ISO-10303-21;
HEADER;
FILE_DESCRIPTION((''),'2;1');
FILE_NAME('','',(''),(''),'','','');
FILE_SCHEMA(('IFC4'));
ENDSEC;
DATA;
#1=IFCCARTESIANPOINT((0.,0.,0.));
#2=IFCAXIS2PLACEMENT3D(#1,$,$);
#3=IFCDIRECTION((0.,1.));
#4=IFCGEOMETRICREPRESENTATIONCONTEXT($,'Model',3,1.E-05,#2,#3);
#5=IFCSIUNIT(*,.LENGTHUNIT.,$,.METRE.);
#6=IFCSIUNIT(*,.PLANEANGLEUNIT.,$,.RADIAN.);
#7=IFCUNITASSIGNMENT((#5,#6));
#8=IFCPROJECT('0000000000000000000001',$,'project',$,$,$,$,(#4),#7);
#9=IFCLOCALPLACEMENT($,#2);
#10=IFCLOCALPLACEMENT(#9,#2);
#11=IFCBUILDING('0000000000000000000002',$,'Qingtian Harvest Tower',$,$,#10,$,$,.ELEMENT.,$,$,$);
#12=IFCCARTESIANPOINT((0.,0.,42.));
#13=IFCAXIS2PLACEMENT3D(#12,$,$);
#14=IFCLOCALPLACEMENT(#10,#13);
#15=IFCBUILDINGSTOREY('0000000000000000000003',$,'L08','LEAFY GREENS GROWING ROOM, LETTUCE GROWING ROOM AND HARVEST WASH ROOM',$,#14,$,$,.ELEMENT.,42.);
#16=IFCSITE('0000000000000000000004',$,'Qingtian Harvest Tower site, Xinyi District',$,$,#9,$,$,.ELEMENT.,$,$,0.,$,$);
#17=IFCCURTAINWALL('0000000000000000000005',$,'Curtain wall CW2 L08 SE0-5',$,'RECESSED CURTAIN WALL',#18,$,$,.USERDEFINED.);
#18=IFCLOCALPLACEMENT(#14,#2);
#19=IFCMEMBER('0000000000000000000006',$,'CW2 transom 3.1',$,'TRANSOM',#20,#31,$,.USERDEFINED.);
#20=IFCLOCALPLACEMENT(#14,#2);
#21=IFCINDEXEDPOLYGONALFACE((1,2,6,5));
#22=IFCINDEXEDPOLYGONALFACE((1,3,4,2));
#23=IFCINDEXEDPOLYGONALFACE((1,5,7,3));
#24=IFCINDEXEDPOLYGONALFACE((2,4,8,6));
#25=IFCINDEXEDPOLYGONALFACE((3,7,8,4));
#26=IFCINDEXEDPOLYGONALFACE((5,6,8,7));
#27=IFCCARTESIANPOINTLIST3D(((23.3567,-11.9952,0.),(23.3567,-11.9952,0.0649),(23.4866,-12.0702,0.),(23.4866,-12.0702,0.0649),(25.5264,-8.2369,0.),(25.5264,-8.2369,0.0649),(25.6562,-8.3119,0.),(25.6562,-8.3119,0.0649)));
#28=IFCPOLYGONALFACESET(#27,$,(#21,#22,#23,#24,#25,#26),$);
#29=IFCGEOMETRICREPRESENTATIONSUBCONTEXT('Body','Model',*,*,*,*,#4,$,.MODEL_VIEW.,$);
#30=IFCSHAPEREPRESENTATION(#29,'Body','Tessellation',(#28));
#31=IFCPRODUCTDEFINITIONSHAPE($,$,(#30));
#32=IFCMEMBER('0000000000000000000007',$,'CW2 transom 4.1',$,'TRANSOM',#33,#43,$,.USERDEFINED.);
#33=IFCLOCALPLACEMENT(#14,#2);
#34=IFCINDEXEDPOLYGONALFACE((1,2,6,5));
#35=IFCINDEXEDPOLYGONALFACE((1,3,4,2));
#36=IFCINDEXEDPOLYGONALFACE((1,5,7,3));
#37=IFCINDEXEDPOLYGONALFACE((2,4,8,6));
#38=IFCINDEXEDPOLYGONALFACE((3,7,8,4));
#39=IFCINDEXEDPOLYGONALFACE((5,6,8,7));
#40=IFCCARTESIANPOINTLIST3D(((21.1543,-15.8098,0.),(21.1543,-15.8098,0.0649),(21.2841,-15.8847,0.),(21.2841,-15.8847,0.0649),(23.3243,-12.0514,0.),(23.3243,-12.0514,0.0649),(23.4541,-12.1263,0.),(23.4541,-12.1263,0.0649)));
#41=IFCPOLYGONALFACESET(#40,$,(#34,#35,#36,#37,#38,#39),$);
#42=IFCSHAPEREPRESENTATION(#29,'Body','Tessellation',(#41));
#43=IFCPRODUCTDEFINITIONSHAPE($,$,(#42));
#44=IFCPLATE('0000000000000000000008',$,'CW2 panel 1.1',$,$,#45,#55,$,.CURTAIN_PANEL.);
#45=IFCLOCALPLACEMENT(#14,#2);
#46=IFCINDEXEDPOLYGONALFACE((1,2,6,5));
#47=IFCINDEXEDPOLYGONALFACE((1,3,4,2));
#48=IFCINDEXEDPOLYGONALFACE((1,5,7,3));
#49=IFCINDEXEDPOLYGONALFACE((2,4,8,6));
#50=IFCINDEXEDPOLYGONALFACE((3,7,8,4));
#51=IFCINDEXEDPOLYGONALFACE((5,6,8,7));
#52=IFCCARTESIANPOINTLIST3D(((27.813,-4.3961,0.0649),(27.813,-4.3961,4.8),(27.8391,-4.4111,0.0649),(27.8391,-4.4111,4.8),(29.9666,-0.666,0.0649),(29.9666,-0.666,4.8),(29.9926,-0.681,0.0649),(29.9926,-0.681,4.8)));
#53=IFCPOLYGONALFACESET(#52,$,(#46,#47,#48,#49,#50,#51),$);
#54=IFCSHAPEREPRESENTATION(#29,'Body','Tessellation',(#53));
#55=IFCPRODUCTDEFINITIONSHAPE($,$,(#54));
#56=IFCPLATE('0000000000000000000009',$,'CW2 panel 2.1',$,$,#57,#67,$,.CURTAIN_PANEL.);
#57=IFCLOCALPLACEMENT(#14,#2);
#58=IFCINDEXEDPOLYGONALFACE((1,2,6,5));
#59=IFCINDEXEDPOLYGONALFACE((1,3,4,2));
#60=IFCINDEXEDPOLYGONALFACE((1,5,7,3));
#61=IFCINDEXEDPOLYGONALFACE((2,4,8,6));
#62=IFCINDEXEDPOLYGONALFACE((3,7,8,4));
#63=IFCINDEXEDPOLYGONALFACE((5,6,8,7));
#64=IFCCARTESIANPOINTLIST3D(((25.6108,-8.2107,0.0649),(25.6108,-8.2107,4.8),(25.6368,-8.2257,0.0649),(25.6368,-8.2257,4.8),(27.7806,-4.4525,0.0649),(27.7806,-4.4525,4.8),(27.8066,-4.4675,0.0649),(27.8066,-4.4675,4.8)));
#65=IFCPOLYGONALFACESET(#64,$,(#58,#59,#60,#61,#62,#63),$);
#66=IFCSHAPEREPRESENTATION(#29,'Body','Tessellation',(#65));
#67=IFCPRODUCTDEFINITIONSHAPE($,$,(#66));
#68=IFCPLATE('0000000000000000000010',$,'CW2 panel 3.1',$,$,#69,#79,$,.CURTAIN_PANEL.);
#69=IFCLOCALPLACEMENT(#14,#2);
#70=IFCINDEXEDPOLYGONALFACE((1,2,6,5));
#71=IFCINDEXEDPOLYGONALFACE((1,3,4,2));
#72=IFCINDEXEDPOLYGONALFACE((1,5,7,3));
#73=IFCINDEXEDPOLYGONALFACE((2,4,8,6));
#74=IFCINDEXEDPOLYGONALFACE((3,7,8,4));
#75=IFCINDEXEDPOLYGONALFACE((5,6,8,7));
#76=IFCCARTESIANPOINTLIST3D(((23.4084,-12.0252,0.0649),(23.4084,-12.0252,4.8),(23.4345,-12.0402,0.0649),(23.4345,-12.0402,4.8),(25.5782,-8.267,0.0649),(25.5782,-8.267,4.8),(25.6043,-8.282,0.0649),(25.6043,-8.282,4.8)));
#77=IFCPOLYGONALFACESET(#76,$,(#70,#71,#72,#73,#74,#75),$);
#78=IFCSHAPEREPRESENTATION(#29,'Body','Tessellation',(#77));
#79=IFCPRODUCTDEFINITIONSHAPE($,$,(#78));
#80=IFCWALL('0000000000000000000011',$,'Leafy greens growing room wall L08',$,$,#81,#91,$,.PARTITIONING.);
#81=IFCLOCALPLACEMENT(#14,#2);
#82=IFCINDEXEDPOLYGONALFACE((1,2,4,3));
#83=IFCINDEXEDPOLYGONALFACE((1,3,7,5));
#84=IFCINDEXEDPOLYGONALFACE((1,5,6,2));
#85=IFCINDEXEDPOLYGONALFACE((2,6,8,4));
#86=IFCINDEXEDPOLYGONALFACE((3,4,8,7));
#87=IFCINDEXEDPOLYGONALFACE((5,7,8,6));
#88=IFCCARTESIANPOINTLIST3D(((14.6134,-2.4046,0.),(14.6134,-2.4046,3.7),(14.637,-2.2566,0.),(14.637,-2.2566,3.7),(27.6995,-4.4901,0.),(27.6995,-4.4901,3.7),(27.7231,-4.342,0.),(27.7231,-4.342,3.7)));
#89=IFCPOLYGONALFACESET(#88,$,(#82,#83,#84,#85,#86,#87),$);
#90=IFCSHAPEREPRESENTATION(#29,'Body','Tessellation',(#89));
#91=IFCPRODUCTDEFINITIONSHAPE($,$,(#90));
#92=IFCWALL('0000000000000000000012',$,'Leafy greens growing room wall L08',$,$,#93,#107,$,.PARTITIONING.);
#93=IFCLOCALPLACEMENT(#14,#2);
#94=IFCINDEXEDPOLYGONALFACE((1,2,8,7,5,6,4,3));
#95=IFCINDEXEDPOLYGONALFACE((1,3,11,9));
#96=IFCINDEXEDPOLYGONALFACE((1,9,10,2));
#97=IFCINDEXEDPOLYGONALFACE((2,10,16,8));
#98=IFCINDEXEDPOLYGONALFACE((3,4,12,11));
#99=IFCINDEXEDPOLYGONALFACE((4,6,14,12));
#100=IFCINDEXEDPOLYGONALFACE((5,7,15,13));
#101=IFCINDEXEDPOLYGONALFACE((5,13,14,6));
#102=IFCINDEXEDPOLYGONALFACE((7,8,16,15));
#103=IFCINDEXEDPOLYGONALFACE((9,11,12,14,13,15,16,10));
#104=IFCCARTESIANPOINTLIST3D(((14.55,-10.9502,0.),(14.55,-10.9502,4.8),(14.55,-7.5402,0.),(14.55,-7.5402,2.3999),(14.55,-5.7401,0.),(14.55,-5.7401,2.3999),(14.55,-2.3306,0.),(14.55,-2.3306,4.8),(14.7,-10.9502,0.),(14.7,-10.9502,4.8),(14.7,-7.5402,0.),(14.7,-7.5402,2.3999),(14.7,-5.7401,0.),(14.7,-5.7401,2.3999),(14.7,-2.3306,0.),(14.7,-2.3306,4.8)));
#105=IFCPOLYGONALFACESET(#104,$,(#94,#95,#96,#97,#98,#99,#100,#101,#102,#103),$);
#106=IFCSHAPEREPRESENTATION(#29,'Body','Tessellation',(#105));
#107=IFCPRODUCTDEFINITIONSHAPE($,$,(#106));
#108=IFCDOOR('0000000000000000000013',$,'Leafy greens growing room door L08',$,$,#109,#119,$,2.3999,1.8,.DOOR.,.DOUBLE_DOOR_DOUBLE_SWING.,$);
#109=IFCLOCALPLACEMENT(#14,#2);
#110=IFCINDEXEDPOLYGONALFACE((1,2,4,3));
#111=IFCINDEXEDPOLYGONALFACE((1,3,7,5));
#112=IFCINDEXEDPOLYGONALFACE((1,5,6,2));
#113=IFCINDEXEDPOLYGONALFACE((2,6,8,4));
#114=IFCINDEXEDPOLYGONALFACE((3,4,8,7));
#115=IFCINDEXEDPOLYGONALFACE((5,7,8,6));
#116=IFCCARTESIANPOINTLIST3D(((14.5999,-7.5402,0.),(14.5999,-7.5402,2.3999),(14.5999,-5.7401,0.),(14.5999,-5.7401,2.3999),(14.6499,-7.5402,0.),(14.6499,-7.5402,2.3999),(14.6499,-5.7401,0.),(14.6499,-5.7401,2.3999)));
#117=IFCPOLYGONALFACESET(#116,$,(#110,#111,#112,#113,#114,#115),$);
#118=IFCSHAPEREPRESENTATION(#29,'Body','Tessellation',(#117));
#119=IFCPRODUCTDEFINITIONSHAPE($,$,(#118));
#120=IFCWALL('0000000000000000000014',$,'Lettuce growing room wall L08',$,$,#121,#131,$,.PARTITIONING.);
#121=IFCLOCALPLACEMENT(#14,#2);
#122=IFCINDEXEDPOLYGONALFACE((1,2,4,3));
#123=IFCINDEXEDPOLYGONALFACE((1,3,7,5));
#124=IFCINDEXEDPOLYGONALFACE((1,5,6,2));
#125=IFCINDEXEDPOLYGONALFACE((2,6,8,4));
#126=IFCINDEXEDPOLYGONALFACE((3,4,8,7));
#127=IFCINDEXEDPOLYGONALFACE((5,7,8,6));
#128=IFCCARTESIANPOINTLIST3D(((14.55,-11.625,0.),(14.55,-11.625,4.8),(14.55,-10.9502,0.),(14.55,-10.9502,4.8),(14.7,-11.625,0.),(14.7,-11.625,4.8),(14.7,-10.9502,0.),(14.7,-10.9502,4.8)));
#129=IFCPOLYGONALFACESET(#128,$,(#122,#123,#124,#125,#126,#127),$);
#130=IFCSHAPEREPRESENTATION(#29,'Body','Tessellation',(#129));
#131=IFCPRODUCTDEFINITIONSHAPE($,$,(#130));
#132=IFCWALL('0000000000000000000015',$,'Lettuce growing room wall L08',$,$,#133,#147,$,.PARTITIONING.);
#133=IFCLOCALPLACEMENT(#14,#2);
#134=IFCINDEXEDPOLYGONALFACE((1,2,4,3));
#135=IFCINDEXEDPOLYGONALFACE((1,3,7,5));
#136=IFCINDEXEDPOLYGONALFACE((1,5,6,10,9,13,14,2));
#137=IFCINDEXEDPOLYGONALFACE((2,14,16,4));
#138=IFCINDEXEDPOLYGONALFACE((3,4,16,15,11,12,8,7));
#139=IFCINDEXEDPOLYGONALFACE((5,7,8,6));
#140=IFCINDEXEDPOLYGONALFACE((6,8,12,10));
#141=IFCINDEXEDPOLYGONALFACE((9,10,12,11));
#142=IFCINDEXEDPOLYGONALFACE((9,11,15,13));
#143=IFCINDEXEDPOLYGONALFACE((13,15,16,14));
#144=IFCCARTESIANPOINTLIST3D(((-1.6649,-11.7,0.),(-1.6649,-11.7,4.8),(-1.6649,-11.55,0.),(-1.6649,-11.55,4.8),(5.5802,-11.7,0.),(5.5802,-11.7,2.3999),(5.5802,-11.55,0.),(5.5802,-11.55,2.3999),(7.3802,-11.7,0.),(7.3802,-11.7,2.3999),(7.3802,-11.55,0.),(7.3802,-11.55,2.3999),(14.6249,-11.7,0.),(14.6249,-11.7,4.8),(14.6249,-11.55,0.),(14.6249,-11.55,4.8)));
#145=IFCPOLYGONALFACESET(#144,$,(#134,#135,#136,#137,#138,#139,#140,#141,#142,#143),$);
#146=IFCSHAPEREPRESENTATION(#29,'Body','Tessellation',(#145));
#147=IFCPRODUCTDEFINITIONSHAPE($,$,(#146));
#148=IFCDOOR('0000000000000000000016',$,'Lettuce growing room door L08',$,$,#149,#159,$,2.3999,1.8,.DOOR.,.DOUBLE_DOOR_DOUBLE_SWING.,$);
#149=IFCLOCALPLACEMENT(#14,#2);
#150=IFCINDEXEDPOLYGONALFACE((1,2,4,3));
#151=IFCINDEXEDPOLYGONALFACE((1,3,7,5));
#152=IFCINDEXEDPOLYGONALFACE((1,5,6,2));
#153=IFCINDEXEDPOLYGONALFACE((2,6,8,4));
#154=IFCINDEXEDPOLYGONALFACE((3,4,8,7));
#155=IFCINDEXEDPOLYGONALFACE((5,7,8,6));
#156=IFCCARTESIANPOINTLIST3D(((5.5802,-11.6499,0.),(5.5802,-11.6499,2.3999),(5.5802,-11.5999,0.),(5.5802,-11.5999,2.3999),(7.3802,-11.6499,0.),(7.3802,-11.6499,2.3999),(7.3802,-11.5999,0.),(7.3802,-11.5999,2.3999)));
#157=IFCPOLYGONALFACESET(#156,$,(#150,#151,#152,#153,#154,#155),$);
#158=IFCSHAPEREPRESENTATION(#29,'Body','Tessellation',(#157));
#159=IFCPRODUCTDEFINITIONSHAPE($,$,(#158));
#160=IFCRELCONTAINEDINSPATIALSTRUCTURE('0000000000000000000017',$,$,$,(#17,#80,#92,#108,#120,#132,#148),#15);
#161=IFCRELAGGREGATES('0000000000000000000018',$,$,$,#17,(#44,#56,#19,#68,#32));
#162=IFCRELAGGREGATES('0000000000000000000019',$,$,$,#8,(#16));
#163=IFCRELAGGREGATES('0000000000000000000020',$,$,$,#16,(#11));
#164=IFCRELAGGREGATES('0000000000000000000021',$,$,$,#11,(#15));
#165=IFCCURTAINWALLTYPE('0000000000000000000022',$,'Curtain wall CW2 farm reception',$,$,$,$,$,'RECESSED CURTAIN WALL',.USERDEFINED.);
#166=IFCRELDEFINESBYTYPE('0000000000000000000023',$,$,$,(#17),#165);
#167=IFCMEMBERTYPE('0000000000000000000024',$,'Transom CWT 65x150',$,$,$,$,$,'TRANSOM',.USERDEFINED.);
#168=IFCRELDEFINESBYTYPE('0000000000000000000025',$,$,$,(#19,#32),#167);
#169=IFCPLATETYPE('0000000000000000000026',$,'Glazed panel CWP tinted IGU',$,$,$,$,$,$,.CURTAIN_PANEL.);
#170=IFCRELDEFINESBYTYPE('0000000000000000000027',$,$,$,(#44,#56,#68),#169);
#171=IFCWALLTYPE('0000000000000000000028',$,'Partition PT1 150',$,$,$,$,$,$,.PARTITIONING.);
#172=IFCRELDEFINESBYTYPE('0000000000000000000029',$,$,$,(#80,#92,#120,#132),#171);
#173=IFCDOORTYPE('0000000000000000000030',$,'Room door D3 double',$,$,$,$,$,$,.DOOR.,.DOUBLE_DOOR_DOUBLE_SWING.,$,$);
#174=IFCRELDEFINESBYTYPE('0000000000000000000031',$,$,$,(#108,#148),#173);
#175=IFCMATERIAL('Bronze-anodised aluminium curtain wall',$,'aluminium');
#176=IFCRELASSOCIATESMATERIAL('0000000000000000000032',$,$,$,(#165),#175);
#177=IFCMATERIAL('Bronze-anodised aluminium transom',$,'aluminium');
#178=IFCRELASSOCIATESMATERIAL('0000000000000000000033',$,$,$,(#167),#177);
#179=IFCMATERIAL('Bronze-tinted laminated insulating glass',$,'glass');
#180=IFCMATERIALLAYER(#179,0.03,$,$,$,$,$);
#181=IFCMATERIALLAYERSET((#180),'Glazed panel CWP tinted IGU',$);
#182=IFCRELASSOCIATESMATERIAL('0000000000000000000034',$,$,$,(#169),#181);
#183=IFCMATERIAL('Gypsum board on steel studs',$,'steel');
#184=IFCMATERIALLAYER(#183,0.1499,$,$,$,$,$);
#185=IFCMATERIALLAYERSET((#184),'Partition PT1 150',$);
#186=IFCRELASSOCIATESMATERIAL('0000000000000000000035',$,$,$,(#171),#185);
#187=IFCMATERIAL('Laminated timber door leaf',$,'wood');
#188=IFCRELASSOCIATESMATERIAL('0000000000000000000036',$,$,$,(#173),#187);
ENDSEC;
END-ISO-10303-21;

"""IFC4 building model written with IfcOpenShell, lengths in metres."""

from ifc_helpers import new_model, si_unit, direction, frame, frame_2d, origin, origin_2d, place, context, subcontext, project, spatial, rectangle, extrude, material, layer, layer_set, material_profile, profile_set, type_object, element, fill, aggregate, save


model = new_model("IFC4")

# Units and contexts
model_context = context("Model", 3, precision=1e-05, world=origin(), true_north=direction((0.0, 1.0)))
body_context = subcontext(model_context, "Body", "Model", "MODEL_VIEW")
ifc_project = project(units=[si_unit("LENGTHUNIT", "METRE"), si_unit("PLANEANGLEUNIT", "RADIAN")], contexts=[model_context])

# Site, building, storey
site_placement = place(None, origin())
site = spatial("IfcSite", under=ifc_project, at=site_placement, Name="Qingtian Harvest Tower site, Xinyi District", CompositionType="ELEMENT", RefElevation=0.0)
building_placement = place(site_placement, origin())
building = spatial("IfcBuilding", under=site, at=building_placement, Name="Qingtian Harvest Tower", CompositionType="ELEMENT")
storey_placement = place(building_placement, frame((0.0, 0.0, 42.0)))
storey = spatial("IfcBuildingStorey", under=building, at=storey_placement, Name="L08", Description="LEAFY GREENS GROWING ROOM, LETTUCE GROWING ROOM AND HARVEST WASH ROOM", CompositionType="ELEMENT", Elevation=42.0)

# Shared definitions
ifc_material_1 = material(Name="Bronze-anodised aluminium curtain wall", Category="aluminium")
curtain_wall_type = type_object("IfcCurtainWallType", Name="Curtain wall CW2 farm reception", ElementType="RECESSED CURTAIN WALL", PredefinedType="USERDEFINED", material=ifc_material_1)

# Curtain wall
curtain_wall_1_placement = place(storey_placement, origin())
curtain_wall_1 = element("IfcCurtainWall", 1, at=curtain_wall_1_placement, inside=storey, type_object=curtain_wall_type, Name="Curtain wall CW2 L08 SE0-5", ObjectType="RECESSED CURTAIN WALL", PredefinedType="USERDEFINED")

# Members
ifc_material_2 = material(Name="Bronze-anodised aluminium transom", Category="aluminium")
ifc_material_profile_1 = material_profile(ifc_material_2, rectangle(XDim=0.1499, YDim=0.0649, at=origin_2d()), Name="AL 65x150")
ifc_profile_set_1 = profile_set([ifc_material_profile_1], Name="Bronze-anodised aluminium transom")
member_type_1 = type_object("IfcMemberType", Name="Transom CWT 65x150", ElementType="TRANSOM", PredefinedType="USERDEFINED", material=ifc_profile_set_1)
member_1_placement = place(storey_placement, frame((25.5913, -8.2744, 0.0325), z_axis=(-0.499969, -0.866043, 0.0), x_axis=(0.866043, -0.499969, 0.0)))
member_1 = element("IfcMember", 2, at=member_1_placement, type_object=member_type_1, Name="CW2 transom 3.1", ObjectType="TRANSOM", PredefinedType="USERDEFINED", context=body_context, shape_type="SweptSolid", body=[
    extrude(rectangle(XDim=0.1499, YDim=0.0649, at=origin_2d()), origin(), (0.0, 0.0, 1.0), 4.3396),
])
member_2_placement = place(storey_placement, frame((23.3892, -12.0889, 0.0325), z_axis=(-0.500011, -0.866019, 0.0), x_axis=(0.866019, -0.500011, 0.0)))
member_2 = element("IfcMember", 3, at=member_2_placement, type_object=member_type_1, Name="CW2 transom 4.1", ObjectType="TRANSOM", PredefinedType="USERDEFINED", context=body_context, shape_type="SweptSolid", body=[
    extrude(rectangle(XDim=0.1499, YDim=0.0649, at=origin_2d()), origin(), (0.0, 0.0, 1.0), 4.3398),
])

# Plates
ifc_material_3 = material(Name="Bronze-tinted laminated insulating glass", Category="glass")
ifc_layer_1 = layer(ifc_material_3, 0.03)
ifc_layer_set_1 = layer_set([ifc_layer_1], Name="Glazed panel CWP tinted IGU")
plate_type = type_object("IfcPlateType", Name="Glazed panel CWP tinted IGU", PredefinedType="CURTAIN_PANEL", material=ifc_layer_set_1)
plate_1_placement = place(storey_placement, frame((28.9028, -2.5386, 0.0649), z_axis=(0.0, 0.0, 1.0), x_axis=(-0.5, -0.866025, 0.0)))
plate_1 = element("IfcPlate", 4, at=plate_1_placement, type_object=plate_type, Name="CW2 panel 1.1", PredefinedType="CURTAIN_PANEL", context=body_context, shape_type="SweptSolid", body=[
    extrude(rectangle(XDim=4.3071, YDim=0.03, at=origin_2d()), origin(), (0.0, 0.0, 1.0), 4.7351),
])
plate_2_placement = place(storey_placement, frame((26.7087, -6.3391, 0.0649), z_axis=(0.0, 0.0, 1.0), x_axis=(-0.5, -0.866025, 0.0)))
plate_2 = element("IfcPlate", 5, at=plate_2_placement, type_object=plate_type, Name="CW2 panel 2.1", PredefinedType="CURTAIN_PANEL", context=body_context, shape_type="SweptSolid", body=[
    extrude(rectangle(XDim=4.3396, YDim=0.03, at=origin_2d()), origin(), (0.0, 0.0, 1.0), 4.7351),
])
plate_3_placement = place(storey_placement, frame((24.5063, -10.1536, 0.0649), z_axis=(0.0, 0.0, 1.0), x_axis=(-0.5, -0.866025, 0.0)))
plate_3 = element("IfcPlate", 6, at=plate_3_placement, type_object=plate_type, Name="CW2 panel 3.1", PredefinedType="CURTAIN_PANEL", context=body_context, shape_type="SweptSolid", body=[
    extrude(rectangle(XDim=4.3396, YDim=0.03, at=origin_2d()), origin(), (0.0, 0.0, 1.0), 4.7351),
])
aggregate(curtain_wall_1, [plate_1, plate_2, member_1, plate_3, member_2])

# Wall
ifc_material_4 = material(Name="Gypsum board on steel studs", Category="steel")
ifc_layer_2 = layer(ifc_material_4, 0.1499)
ifc_layer_set_2 = layer_set([ifc_layer_2], Name="Partition PT1 150")
wall_type = type_object("IfcWallType", Name="Partition PT1 150", PredefinedType="PARTITIONING", material=ifc_layer_set_2)
wall_1_placement = place(storey_placement, frame((27.7112, -4.416, 0.0), z_axis=(0.0, 0.0, 1.0), x_axis=(-0.987539, 0.157377, 0.0)))
element("IfcWall", 7, at=wall_1_placement, inside=storey, type_object=wall_type, Name="Leafy greens growing room wall L08", PredefinedType="PARTITIONING", context=body_context, shape_type="SweptSolid", body=[
    extrude(rectangle(XDim=13.2512, YDim=0.1499, at=frame_2d((6.6255, 0.0))), origin(), (0.0, 0.0, 1.0), 3.7),
])

# Wall, opening, door
wall_2_placement = place(storey_placement, frame((14.625, -2.3306, 0.0), z_axis=(0.0, 0.0, 1.0), x_axis=(0.0, -1.0, 0.0)))
wall_2 = element("IfcWall", 8, at=wall_2_placement, inside=storey, type_object=wall_type, Name="Leafy greens growing room wall L08", PredefinedType="PARTITIONING", context=body_context, shape_type="SweptSolid", body=[
    extrude(rectangle(XDim=8.6196, YDim=0.1499, at=frame_2d((4.3098, 0.0))), origin(), (0.0, 0.0, 1.0), 4.8),
])
opening_1_placement = place(wall_2_placement, frame((3.4097, 0.0, 0.0)))
opening_1 = element("IfcOpeningElement", 9, at=opening_1_placement, cuts=wall_2, PredefinedType="OPENING", context=body_context, shape_type="SweptSolid", body=[
    extrude(rectangle(XDim=1.8, YDim=2.3999, at=frame_2d((0.8999, 1.2))), frame((0.0, 0.085, 0.0), z_axis=(0.0, -1.0, 0.0), x_axis=(1.0, 0.0, 0.0)), (0.0, 0.0, 1.0), 0.1699),
])
ifc_material_5 = material(Name="Laminated timber door leaf", Category="wood")
door_type = type_object("IfcDoorType", Name="Room door D3 double", OperationType="DOUBLE_DOOR_DOUBLE_SWING", PredefinedType="DOOR", material=ifc_material_5)
door_1_placement = place(opening_1_placement, origin())
door_1 = element("IfcDoor", 10, at=door_1_placement, inside=storey, type_object=door_type, Name="Leafy greens growing room door L08", OperationType="DOUBLE_DOOR_DOUBLE_SWING", OverallHeight=2.3999, OverallWidth=1.8, PredefinedType="DOOR", context=body_context, shape_type="SweptSolid", body=[
    extrude(rectangle(XDim=1.8, YDim=2.3999, at=frame_2d((0.8999, 1.2))), frame((0.0, 0.0249, 0.0), z_axis=(0.0, -1.0, 0.0), x_axis=(1.0, 0.0, 0.0)), (0.0, 0.0, 1.0), 0.05),
])
fill(opening_1, door_1)

# Wall
wall_3_placement = place(storey_placement, frame((14.625, -10.9502, 0.0), z_axis=(0.0, 0.0, 1.0), x_axis=(0.0, -1.0, 0.0)))
element("IfcWall", 11, at=wall_3_placement, inside=storey, type_object=wall_type, Name="Lettuce growing room wall L08", PredefinedType="PARTITIONING", context=body_context, shape_type="SweptSolid", body=[
    extrude(rectangle(XDim=0.6748, YDim=0.1499, at=frame_2d((0.3374, 0.0))), origin(), (0.0, 0.0, 1.0), 4.8),
])

# Wall, opening, door
wall_4_placement = place(storey_placement, frame((14.625, -11.625, 0.0), z_axis=(0.0, 0.0, 1.0), x_axis=(-1.0, 0.0, 0.0)))
wall_4 = element("IfcWall", 12, at=wall_4_placement, inside=storey, type_object=wall_type, Name="Lettuce growing room wall L08", PredefinedType="PARTITIONING", context=body_context, shape_type="SweptSolid", body=[
    extrude(rectangle(XDim=16.2898, YDim=0.1499, at=frame_2d((8.145, 0.0))), origin(), (0.0, 0.0, 1.0), 4.8),
])
opening_2_placement = place(wall_4_placement, frame((7.2449, 0.0, 0.0)))
opening_2 = element("IfcOpeningElement", 13, at=opening_2_placement, cuts=wall_4, PredefinedType="OPENING", context=body_context, shape_type="SweptSolid", body=[
    extrude(rectangle(XDim=1.8, YDim=2.3999, at=frame_2d((0.8999, 1.2))), frame((0.0, 0.085, 0.0), z_axis=(0.0, -1.0, 0.0), x_axis=(1.0, 0.0, 0.0)), (0.0, 0.0, 1.0), 0.1699),
])
door_2_placement = place(opening_2_placement, origin())
door_2 = element("IfcDoor", 14, at=door_2_placement, inside=storey, type_object=door_type, Name="Lettuce growing room door L08", OperationType="DOUBLE_DOOR_DOUBLE_SWING", OverallHeight=2.3999, OverallWidth=1.8, PredefinedType="DOOR", context=body_context, shape_type="SweptSolid", body=[
    extrude(rectangle(XDim=1.8, YDim=2.3999, at=frame_2d((0.8999, 1.2))), frame((0.0, 0.0249, 0.0), z_axis=(0.0, -1.0, 0.0), x_axis=(1.0, 0.0, 0.0)), (0.0, 0.0, 1.0), 0.05),
])
fill(opening_2, door_2)

save(model, "model.ifc")
